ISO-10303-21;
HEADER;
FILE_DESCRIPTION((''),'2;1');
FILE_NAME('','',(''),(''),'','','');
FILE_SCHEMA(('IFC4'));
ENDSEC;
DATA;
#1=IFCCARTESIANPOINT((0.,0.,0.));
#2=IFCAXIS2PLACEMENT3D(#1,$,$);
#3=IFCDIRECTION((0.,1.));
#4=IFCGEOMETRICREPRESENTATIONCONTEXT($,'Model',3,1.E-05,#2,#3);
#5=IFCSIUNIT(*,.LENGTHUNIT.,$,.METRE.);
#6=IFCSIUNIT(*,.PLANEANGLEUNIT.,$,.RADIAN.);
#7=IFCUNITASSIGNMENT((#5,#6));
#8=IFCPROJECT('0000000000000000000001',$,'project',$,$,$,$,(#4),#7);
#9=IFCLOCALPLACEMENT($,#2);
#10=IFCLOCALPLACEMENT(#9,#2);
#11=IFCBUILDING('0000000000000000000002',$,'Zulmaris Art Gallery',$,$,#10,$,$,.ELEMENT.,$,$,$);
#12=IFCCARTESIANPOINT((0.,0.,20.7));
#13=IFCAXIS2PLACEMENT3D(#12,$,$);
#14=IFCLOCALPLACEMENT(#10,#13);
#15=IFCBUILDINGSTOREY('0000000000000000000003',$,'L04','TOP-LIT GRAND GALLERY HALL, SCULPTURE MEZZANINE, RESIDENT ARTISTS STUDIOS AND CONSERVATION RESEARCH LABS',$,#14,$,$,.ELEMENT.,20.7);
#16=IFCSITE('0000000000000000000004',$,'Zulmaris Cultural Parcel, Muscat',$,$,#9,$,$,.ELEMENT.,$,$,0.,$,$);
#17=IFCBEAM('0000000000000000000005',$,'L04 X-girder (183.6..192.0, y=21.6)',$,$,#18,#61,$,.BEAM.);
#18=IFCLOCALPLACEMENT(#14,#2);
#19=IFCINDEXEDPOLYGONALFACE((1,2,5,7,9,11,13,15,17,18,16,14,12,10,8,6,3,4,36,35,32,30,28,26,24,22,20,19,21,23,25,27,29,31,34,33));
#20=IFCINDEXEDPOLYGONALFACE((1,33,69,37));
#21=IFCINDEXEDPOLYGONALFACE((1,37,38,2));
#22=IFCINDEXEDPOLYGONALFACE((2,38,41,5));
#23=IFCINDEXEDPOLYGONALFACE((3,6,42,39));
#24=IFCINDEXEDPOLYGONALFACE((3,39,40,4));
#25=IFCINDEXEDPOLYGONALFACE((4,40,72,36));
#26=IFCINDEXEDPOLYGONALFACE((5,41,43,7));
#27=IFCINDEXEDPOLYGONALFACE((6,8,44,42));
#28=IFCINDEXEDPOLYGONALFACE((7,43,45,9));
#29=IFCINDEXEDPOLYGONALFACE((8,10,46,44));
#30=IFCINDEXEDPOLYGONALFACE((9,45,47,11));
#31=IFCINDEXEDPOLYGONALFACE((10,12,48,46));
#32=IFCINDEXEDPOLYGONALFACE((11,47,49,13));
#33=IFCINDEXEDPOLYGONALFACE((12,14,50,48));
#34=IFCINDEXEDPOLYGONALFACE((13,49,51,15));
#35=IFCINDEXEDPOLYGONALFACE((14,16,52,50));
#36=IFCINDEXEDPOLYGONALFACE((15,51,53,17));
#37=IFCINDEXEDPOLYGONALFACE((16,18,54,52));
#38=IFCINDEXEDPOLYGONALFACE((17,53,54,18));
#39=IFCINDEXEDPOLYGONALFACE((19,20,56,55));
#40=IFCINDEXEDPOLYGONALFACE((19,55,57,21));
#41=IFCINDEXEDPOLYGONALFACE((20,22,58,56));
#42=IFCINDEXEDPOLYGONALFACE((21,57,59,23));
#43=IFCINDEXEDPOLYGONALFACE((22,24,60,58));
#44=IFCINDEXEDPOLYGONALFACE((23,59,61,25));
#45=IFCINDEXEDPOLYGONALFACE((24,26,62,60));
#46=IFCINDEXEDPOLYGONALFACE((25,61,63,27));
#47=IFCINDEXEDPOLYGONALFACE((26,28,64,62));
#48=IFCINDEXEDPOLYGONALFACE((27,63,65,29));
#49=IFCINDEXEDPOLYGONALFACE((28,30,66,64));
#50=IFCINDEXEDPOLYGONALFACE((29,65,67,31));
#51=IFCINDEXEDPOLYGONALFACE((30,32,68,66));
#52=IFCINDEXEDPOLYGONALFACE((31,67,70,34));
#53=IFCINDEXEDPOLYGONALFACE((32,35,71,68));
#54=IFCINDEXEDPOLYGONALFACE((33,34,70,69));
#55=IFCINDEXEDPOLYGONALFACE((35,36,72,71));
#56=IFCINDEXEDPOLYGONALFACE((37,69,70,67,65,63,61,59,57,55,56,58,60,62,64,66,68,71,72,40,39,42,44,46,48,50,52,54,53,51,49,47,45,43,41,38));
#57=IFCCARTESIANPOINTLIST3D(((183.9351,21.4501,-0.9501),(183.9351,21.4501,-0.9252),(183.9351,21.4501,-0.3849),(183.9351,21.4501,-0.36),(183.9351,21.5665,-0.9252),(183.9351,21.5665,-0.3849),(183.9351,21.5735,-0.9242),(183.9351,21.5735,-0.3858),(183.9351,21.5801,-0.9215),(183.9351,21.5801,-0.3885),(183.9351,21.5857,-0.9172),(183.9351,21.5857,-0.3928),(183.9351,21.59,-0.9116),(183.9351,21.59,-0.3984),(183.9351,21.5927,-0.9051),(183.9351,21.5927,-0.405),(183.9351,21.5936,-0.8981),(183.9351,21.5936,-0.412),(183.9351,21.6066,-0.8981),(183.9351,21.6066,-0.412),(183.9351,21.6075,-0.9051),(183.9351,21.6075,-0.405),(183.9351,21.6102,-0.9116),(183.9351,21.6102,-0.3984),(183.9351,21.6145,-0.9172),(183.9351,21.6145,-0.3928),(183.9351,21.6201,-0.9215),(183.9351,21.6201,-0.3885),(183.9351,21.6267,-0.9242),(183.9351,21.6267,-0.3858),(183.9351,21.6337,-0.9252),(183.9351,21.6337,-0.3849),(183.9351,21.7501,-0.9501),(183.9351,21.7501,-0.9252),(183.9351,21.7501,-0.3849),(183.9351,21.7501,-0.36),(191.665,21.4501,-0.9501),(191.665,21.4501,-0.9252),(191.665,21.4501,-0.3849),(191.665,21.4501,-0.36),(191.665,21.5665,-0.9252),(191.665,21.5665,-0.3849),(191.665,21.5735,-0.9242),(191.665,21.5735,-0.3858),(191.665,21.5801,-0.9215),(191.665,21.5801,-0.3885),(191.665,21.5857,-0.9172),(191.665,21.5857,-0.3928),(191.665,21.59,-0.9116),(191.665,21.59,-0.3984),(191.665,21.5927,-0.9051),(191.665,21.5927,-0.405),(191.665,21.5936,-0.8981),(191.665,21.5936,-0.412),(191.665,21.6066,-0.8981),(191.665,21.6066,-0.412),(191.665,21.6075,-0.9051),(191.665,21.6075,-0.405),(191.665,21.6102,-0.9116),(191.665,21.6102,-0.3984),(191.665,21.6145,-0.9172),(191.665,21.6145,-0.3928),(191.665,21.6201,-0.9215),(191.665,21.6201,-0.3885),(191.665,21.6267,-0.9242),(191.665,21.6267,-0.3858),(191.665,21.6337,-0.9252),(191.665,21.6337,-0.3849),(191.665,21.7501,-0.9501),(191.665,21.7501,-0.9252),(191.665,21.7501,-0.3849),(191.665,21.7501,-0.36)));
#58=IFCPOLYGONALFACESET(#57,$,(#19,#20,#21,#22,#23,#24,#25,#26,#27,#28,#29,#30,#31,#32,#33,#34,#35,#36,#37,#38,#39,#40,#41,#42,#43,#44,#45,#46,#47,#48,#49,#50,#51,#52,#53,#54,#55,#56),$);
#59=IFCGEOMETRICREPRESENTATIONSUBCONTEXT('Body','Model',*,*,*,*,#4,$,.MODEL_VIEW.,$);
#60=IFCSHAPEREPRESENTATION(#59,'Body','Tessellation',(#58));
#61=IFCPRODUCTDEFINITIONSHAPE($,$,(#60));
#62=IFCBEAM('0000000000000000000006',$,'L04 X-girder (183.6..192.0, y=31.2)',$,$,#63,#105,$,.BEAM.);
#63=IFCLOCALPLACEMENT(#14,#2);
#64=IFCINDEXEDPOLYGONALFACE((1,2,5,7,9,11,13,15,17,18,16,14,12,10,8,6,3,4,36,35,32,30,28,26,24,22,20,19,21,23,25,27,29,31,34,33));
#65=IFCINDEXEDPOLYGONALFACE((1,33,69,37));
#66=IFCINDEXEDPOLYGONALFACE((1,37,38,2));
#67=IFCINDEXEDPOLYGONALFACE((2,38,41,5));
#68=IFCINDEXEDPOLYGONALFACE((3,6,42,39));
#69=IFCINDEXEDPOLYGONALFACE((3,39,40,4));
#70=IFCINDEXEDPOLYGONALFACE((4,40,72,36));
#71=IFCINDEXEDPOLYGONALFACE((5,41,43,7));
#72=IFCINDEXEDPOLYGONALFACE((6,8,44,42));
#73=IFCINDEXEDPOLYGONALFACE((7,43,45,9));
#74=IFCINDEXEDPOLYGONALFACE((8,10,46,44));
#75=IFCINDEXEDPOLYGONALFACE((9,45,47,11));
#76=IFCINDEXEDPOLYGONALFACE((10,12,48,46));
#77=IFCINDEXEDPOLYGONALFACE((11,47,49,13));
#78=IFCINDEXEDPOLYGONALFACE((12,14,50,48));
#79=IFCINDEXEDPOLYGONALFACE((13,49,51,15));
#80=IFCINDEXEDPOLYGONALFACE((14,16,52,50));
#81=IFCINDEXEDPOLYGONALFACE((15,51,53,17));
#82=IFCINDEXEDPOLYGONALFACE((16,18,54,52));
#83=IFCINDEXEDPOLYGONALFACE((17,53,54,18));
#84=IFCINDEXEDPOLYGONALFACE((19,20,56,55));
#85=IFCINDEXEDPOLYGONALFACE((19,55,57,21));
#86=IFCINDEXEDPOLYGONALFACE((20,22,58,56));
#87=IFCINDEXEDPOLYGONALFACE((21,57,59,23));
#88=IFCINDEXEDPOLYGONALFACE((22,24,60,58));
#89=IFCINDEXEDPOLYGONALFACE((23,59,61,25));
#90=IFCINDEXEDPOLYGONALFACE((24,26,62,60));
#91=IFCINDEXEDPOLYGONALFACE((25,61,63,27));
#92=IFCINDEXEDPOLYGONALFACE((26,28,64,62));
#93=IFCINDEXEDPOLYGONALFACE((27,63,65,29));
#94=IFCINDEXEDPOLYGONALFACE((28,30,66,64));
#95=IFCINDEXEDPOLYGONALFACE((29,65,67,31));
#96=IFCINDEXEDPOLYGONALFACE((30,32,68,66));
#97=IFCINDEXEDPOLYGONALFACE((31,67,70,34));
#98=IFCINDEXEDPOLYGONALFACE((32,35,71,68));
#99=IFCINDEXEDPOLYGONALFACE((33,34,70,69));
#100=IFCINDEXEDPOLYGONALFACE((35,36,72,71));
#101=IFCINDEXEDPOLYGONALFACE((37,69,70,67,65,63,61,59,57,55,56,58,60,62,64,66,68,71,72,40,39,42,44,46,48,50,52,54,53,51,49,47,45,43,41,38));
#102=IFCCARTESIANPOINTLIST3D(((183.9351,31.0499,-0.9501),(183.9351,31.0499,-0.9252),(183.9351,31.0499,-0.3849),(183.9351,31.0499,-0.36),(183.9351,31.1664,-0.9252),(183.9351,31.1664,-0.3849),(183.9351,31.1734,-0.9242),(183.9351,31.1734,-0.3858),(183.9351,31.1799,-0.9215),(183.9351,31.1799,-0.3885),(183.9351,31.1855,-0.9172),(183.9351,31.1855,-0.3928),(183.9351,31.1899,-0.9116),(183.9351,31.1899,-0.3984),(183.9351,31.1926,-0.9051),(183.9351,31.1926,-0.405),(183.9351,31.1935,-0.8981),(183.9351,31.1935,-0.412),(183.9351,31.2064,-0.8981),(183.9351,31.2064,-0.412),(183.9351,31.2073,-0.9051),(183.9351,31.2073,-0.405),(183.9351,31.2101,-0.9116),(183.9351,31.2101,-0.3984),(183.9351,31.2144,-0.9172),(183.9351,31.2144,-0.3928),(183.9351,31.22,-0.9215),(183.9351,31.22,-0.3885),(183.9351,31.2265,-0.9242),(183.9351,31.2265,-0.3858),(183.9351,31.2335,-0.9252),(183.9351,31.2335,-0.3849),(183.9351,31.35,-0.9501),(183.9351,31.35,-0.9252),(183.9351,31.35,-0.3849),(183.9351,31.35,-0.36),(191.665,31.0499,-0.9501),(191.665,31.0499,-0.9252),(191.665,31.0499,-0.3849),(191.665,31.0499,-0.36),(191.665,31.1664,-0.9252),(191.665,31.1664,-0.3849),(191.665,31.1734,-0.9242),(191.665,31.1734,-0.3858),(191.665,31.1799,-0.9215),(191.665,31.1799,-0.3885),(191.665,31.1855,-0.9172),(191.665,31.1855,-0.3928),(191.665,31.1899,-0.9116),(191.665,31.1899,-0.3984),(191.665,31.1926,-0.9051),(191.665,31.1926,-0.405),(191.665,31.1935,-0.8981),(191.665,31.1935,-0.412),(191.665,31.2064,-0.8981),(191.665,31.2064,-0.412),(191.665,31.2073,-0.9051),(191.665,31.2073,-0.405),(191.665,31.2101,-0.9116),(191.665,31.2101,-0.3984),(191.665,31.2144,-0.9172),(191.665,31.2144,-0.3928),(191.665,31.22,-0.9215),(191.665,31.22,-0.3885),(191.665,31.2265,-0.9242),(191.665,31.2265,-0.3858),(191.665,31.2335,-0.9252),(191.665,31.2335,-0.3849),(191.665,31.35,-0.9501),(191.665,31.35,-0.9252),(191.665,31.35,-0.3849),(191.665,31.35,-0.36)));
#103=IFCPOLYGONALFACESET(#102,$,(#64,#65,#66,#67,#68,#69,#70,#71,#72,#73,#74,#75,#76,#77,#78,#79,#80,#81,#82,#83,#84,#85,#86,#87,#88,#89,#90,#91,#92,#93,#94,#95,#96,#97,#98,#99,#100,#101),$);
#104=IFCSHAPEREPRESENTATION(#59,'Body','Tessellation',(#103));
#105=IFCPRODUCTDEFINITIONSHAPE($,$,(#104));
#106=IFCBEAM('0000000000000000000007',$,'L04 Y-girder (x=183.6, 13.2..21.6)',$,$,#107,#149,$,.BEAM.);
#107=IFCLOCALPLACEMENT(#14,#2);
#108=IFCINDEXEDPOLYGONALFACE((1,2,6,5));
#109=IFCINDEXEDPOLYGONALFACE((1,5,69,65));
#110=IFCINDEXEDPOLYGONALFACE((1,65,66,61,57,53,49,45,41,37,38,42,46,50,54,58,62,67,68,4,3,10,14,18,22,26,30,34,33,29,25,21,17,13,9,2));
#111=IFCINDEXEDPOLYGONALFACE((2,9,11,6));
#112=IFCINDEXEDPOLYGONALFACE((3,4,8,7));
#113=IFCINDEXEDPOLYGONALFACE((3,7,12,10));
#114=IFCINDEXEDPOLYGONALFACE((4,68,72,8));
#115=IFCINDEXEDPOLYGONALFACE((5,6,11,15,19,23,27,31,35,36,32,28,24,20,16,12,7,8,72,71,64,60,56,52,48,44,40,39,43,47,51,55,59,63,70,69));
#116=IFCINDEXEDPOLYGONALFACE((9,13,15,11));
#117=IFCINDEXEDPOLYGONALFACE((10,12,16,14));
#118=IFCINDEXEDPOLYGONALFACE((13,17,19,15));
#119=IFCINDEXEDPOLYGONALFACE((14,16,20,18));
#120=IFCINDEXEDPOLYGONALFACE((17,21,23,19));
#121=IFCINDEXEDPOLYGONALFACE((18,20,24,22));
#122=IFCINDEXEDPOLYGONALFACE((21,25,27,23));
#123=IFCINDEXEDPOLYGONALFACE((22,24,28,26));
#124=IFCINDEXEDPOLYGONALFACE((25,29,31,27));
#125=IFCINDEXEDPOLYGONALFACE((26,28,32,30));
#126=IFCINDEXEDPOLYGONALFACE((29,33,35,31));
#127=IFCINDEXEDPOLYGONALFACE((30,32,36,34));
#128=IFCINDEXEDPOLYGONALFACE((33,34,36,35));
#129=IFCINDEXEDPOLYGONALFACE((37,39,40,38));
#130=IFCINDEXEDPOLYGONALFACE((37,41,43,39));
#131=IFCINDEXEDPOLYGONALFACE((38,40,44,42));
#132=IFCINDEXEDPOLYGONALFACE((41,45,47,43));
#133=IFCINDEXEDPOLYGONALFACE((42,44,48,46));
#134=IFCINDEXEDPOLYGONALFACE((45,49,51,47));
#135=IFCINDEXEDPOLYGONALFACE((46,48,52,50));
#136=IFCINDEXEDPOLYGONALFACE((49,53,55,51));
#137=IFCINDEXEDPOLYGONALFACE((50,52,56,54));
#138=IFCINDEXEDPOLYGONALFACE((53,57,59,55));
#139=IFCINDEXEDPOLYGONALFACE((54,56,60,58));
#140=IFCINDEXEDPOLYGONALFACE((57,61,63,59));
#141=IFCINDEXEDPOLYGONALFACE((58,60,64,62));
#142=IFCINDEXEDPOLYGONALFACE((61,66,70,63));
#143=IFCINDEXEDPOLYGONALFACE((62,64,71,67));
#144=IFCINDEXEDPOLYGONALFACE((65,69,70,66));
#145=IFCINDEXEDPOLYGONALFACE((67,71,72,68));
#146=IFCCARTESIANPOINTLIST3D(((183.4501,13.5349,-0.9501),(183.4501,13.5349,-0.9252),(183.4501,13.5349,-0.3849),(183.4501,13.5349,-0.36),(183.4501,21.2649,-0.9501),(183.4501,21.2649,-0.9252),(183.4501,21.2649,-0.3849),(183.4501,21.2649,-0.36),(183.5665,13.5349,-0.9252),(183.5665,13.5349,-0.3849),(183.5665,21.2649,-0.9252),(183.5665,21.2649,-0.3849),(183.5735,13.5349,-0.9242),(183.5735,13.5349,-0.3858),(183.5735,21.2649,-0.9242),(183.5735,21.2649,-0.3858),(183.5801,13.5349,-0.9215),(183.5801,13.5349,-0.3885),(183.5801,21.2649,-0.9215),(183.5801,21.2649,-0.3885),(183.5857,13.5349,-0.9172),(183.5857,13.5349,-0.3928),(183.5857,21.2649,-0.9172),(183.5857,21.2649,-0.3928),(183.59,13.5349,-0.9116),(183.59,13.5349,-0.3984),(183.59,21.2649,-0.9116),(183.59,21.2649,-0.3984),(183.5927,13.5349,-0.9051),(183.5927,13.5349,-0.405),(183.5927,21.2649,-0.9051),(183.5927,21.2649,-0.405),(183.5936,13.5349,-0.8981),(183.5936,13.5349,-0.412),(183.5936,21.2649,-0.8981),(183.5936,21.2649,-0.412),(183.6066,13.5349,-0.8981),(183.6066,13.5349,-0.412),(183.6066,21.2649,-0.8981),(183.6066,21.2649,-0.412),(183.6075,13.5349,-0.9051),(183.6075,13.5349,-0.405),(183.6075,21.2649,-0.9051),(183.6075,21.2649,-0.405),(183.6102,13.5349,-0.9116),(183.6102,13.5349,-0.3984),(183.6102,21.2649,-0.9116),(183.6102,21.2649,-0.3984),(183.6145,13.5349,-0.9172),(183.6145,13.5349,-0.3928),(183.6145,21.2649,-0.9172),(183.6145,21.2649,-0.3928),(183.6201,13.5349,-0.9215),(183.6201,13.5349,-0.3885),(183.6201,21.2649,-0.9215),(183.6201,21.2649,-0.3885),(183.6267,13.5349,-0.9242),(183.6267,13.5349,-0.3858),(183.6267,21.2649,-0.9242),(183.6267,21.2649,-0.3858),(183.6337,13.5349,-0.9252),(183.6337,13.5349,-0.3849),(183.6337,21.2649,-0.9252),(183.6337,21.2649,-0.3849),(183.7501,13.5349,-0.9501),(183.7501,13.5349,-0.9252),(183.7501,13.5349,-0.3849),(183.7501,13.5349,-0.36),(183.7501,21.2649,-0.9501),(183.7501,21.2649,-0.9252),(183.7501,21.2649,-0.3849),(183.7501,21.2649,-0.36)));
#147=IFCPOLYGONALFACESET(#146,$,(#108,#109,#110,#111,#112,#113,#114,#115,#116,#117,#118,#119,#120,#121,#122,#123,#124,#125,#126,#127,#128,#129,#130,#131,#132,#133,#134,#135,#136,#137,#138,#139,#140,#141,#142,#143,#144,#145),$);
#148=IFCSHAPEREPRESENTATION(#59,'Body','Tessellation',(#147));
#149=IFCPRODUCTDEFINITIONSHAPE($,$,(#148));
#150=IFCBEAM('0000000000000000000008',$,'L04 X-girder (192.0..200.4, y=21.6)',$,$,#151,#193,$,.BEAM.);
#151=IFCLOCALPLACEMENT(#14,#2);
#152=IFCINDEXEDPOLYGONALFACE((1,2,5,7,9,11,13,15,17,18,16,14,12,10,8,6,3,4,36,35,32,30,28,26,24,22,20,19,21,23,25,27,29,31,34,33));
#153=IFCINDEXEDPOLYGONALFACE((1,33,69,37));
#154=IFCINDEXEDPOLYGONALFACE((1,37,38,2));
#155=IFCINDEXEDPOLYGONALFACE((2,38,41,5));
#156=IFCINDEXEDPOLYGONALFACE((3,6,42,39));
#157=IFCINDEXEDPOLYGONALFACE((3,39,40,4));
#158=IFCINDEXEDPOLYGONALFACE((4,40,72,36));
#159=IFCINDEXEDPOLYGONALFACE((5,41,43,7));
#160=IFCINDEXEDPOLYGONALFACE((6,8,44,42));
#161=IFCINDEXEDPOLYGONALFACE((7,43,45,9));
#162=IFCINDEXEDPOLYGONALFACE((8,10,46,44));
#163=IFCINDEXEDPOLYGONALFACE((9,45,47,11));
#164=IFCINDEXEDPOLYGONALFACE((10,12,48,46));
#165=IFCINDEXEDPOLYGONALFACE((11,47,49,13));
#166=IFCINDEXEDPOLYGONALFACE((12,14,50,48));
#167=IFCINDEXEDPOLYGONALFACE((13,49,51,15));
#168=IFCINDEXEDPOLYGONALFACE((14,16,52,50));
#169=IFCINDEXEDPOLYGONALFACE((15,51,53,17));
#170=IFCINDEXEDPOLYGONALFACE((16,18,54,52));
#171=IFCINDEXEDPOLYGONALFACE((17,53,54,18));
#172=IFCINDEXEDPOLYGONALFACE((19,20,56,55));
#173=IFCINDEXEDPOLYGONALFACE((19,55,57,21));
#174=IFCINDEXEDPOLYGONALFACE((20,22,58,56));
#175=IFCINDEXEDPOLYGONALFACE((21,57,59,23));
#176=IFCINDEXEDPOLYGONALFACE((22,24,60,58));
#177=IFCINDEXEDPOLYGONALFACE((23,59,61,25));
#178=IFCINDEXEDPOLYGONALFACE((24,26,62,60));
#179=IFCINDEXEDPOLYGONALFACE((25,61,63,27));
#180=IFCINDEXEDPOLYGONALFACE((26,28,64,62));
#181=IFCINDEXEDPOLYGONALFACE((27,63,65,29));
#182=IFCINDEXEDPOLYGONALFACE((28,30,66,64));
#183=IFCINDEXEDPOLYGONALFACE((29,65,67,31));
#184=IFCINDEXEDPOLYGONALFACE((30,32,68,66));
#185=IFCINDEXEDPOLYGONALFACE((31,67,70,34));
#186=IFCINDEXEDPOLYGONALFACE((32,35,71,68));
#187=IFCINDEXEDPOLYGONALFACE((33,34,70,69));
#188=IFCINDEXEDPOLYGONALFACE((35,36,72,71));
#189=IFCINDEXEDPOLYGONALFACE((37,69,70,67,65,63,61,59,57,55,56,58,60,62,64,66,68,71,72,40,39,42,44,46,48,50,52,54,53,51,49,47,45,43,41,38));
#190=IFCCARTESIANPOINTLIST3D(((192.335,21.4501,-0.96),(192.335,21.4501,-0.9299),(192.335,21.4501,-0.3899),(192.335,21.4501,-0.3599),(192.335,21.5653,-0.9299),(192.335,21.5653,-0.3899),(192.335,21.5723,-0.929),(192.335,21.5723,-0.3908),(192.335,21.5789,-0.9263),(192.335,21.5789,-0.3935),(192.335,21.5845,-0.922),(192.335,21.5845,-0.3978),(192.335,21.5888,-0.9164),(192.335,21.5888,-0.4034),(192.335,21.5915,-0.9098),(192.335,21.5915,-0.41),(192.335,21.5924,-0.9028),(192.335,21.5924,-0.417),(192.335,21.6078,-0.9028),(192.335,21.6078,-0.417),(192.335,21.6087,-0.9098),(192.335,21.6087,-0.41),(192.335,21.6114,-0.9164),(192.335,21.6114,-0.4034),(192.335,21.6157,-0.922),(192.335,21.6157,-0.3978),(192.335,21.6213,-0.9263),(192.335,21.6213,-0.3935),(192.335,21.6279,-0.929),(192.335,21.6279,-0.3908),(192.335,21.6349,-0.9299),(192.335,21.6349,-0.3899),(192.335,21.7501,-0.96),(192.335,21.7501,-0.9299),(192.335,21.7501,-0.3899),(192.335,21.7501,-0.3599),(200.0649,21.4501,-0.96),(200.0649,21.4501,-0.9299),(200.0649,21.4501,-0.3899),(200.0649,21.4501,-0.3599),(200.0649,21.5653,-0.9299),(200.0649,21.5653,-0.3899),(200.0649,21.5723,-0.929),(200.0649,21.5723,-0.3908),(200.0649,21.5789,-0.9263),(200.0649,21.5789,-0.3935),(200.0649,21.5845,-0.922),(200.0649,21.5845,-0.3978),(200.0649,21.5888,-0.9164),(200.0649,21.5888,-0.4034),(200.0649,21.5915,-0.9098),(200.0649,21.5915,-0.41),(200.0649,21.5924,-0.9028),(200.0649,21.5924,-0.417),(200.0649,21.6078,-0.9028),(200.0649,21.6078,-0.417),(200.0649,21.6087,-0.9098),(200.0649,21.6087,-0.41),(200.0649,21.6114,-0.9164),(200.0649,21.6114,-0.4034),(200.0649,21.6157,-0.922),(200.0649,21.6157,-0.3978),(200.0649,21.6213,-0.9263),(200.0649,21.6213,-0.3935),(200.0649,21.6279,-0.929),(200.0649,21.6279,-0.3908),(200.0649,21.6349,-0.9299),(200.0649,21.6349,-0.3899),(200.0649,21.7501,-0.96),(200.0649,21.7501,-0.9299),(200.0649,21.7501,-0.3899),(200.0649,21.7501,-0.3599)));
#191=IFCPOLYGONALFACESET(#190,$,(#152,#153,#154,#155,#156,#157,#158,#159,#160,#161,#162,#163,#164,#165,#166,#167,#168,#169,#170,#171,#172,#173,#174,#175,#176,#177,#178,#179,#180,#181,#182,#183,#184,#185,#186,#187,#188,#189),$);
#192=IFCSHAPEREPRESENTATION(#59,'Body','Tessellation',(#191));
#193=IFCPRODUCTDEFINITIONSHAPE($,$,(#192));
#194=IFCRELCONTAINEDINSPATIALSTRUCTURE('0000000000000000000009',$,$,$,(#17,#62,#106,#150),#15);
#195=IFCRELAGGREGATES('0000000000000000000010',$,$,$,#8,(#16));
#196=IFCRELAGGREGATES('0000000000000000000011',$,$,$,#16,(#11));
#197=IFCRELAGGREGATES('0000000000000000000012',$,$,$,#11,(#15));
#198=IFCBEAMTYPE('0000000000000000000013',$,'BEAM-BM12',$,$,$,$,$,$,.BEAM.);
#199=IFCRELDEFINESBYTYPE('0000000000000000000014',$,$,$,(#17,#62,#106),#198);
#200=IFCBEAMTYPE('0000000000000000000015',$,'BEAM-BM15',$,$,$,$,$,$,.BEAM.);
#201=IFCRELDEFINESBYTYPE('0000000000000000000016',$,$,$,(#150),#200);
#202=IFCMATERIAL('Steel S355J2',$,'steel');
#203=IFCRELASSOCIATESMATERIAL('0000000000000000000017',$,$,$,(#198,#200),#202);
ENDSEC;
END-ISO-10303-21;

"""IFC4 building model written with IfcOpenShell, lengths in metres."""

from ifc_helpers import new_model, si_unit, direction, frame, origin, origin_2d, place, context, subcontext, project, spatial, i_section, extrude, material, material_profile, profile_set, type_object, element, save


model = new_model("IFC4")

# Units and contexts
model_context = context("Model", 3, precision=1e-05, world=origin(), true_north=direction((0.0, 1.0)))
body_context = subcontext(model_context, "Body", "Model", "MODEL_VIEW")
ifc_project = project(units=[si_unit("LENGTHUNIT", "METRE"), si_unit("PLANEANGLEUNIT", "RADIAN")], contexts=[model_context])

# Site, building, storey
site_placement = place(None, origin())
site = spatial("IfcSite", under=ifc_project, at=site_placement, Name="Zulmaris Cultural Parcel, Muscat", CompositionType="ELEMENT", RefElevation=0.0)
building_placement = place(site_placement, origin())
building = spatial("IfcBuilding", under=site, at=building_placement, Name="Zulmaris Art Gallery", CompositionType="ELEMENT")
storey_placement = place(building_placement, frame((0.0, 0.0, 20.7)))
storey = spatial("IfcBuildingStorey", under=building, at=storey_placement, Name="L04", Description="TOP-LIT GRAND GALLERY HALL, SCULPTURE MEZZANINE, RESIDENT ARTISTS STUDIOS AND CONSERVATION RESEARCH LABS", CompositionType="ELEMENT", Elevation=20.7)

# Beams
ifc_material_1 = material(Name="Steel S355J2", Category="steel")
ifc_material_profile_1 = material_profile(ifc_material_1, i_section(OverallWidth=0.3, OverallDepth=0.5901, WebThickness=0.0129, FlangeThickness=0.0249, FilletRadius=0.0271, at=origin_2d()), Name="HEA 600")
ifc_profile_set_1 = profile_set([ifc_material_profile_1], Name="Steel S355J2")
beam_type_1 = type_object("IfcBeamType", Name="BEAM-BM12", PredefinedType="BEAM", material=ifc_profile_set_1)
for number, where, z_axis, x_axis, name in (
    (1, (183.9351, 21.6001, -0.655), (1.0, 0.0, 0.0), (0.0, 1.0, 0.0), "L04 X-girder (183.6..192.0, y=21.6)"),
    (2, (183.9351, 31.2, -0.655), (1.0, 0.0, 0.0), (0.0, 1.0, 0.0), "L04 X-girder (183.6..192.0, y=31.2)"),
    (3, (183.6001, 13.5349, -0.655), (0.0, 1.0, 0.0), (-1.0, 0.0, 0.0), "L04 Y-girder (x=183.6, 13.2..21.6)"),
):
    element("IfcBeam", number, at=place(storey_placement, frame(where, z_axis=z_axis, x_axis=x_axis)), inside=storey, type_object=beam_type_1, Name=name, PredefinedType="BEAM", context=body_context, shape_type="SweptSolid", body=[
        extrude(i_section(OverallWidth=0.3, OverallDepth=0.5901, WebThickness=0.0129, FlangeThickness=0.0249, FilletRadius=0.0271, at=origin_2d()), origin(), (0.0, 0.0, 1.0), 7.73),
    ])
ifc_material_profile_2 = material_profile(ifc_material_1, i_section(OverallWidth=0.3, OverallDepth=0.6001, WebThickness=0.0154, FlangeThickness=0.03, FilletRadius=0.0271, at=origin_2d()), Name="HEB 600")
ifc_profile_set_2 = profile_set([ifc_material_profile_2], Name="Steel S355J2")
beam_type_2 = type_object("IfcBeamType", Name="BEAM-BM15", PredefinedType="BEAM", material=ifc_profile_set_2)
for number, where, z_axis, x_axis, name in (
    (4, (192.335, 21.6001, -0.6599), (1.0, 0.0, 0.0), (0.0, 1.0, 0.0), "L04 X-girder (192.0..200.4, y=21.6)"),
):
    element("IfcBeam", number, at=place(storey_placement, frame(where, z_axis=z_axis, x_axis=x_axis)), inside=storey, type_object=beam_type_2, Name=name, PredefinedType="BEAM", context=body_context, shape_type="SweptSolid", body=[
        extrude(i_section(OverallWidth=0.3, OverallDepth=0.6001, WebThickness=0.0154, FlangeThickness=0.03, FilletRadius=0.0271, at=origin_2d()), origin(), (0.0, 0.0, 1.0), 7.73),
    ])

save(model, "model.ifc")
